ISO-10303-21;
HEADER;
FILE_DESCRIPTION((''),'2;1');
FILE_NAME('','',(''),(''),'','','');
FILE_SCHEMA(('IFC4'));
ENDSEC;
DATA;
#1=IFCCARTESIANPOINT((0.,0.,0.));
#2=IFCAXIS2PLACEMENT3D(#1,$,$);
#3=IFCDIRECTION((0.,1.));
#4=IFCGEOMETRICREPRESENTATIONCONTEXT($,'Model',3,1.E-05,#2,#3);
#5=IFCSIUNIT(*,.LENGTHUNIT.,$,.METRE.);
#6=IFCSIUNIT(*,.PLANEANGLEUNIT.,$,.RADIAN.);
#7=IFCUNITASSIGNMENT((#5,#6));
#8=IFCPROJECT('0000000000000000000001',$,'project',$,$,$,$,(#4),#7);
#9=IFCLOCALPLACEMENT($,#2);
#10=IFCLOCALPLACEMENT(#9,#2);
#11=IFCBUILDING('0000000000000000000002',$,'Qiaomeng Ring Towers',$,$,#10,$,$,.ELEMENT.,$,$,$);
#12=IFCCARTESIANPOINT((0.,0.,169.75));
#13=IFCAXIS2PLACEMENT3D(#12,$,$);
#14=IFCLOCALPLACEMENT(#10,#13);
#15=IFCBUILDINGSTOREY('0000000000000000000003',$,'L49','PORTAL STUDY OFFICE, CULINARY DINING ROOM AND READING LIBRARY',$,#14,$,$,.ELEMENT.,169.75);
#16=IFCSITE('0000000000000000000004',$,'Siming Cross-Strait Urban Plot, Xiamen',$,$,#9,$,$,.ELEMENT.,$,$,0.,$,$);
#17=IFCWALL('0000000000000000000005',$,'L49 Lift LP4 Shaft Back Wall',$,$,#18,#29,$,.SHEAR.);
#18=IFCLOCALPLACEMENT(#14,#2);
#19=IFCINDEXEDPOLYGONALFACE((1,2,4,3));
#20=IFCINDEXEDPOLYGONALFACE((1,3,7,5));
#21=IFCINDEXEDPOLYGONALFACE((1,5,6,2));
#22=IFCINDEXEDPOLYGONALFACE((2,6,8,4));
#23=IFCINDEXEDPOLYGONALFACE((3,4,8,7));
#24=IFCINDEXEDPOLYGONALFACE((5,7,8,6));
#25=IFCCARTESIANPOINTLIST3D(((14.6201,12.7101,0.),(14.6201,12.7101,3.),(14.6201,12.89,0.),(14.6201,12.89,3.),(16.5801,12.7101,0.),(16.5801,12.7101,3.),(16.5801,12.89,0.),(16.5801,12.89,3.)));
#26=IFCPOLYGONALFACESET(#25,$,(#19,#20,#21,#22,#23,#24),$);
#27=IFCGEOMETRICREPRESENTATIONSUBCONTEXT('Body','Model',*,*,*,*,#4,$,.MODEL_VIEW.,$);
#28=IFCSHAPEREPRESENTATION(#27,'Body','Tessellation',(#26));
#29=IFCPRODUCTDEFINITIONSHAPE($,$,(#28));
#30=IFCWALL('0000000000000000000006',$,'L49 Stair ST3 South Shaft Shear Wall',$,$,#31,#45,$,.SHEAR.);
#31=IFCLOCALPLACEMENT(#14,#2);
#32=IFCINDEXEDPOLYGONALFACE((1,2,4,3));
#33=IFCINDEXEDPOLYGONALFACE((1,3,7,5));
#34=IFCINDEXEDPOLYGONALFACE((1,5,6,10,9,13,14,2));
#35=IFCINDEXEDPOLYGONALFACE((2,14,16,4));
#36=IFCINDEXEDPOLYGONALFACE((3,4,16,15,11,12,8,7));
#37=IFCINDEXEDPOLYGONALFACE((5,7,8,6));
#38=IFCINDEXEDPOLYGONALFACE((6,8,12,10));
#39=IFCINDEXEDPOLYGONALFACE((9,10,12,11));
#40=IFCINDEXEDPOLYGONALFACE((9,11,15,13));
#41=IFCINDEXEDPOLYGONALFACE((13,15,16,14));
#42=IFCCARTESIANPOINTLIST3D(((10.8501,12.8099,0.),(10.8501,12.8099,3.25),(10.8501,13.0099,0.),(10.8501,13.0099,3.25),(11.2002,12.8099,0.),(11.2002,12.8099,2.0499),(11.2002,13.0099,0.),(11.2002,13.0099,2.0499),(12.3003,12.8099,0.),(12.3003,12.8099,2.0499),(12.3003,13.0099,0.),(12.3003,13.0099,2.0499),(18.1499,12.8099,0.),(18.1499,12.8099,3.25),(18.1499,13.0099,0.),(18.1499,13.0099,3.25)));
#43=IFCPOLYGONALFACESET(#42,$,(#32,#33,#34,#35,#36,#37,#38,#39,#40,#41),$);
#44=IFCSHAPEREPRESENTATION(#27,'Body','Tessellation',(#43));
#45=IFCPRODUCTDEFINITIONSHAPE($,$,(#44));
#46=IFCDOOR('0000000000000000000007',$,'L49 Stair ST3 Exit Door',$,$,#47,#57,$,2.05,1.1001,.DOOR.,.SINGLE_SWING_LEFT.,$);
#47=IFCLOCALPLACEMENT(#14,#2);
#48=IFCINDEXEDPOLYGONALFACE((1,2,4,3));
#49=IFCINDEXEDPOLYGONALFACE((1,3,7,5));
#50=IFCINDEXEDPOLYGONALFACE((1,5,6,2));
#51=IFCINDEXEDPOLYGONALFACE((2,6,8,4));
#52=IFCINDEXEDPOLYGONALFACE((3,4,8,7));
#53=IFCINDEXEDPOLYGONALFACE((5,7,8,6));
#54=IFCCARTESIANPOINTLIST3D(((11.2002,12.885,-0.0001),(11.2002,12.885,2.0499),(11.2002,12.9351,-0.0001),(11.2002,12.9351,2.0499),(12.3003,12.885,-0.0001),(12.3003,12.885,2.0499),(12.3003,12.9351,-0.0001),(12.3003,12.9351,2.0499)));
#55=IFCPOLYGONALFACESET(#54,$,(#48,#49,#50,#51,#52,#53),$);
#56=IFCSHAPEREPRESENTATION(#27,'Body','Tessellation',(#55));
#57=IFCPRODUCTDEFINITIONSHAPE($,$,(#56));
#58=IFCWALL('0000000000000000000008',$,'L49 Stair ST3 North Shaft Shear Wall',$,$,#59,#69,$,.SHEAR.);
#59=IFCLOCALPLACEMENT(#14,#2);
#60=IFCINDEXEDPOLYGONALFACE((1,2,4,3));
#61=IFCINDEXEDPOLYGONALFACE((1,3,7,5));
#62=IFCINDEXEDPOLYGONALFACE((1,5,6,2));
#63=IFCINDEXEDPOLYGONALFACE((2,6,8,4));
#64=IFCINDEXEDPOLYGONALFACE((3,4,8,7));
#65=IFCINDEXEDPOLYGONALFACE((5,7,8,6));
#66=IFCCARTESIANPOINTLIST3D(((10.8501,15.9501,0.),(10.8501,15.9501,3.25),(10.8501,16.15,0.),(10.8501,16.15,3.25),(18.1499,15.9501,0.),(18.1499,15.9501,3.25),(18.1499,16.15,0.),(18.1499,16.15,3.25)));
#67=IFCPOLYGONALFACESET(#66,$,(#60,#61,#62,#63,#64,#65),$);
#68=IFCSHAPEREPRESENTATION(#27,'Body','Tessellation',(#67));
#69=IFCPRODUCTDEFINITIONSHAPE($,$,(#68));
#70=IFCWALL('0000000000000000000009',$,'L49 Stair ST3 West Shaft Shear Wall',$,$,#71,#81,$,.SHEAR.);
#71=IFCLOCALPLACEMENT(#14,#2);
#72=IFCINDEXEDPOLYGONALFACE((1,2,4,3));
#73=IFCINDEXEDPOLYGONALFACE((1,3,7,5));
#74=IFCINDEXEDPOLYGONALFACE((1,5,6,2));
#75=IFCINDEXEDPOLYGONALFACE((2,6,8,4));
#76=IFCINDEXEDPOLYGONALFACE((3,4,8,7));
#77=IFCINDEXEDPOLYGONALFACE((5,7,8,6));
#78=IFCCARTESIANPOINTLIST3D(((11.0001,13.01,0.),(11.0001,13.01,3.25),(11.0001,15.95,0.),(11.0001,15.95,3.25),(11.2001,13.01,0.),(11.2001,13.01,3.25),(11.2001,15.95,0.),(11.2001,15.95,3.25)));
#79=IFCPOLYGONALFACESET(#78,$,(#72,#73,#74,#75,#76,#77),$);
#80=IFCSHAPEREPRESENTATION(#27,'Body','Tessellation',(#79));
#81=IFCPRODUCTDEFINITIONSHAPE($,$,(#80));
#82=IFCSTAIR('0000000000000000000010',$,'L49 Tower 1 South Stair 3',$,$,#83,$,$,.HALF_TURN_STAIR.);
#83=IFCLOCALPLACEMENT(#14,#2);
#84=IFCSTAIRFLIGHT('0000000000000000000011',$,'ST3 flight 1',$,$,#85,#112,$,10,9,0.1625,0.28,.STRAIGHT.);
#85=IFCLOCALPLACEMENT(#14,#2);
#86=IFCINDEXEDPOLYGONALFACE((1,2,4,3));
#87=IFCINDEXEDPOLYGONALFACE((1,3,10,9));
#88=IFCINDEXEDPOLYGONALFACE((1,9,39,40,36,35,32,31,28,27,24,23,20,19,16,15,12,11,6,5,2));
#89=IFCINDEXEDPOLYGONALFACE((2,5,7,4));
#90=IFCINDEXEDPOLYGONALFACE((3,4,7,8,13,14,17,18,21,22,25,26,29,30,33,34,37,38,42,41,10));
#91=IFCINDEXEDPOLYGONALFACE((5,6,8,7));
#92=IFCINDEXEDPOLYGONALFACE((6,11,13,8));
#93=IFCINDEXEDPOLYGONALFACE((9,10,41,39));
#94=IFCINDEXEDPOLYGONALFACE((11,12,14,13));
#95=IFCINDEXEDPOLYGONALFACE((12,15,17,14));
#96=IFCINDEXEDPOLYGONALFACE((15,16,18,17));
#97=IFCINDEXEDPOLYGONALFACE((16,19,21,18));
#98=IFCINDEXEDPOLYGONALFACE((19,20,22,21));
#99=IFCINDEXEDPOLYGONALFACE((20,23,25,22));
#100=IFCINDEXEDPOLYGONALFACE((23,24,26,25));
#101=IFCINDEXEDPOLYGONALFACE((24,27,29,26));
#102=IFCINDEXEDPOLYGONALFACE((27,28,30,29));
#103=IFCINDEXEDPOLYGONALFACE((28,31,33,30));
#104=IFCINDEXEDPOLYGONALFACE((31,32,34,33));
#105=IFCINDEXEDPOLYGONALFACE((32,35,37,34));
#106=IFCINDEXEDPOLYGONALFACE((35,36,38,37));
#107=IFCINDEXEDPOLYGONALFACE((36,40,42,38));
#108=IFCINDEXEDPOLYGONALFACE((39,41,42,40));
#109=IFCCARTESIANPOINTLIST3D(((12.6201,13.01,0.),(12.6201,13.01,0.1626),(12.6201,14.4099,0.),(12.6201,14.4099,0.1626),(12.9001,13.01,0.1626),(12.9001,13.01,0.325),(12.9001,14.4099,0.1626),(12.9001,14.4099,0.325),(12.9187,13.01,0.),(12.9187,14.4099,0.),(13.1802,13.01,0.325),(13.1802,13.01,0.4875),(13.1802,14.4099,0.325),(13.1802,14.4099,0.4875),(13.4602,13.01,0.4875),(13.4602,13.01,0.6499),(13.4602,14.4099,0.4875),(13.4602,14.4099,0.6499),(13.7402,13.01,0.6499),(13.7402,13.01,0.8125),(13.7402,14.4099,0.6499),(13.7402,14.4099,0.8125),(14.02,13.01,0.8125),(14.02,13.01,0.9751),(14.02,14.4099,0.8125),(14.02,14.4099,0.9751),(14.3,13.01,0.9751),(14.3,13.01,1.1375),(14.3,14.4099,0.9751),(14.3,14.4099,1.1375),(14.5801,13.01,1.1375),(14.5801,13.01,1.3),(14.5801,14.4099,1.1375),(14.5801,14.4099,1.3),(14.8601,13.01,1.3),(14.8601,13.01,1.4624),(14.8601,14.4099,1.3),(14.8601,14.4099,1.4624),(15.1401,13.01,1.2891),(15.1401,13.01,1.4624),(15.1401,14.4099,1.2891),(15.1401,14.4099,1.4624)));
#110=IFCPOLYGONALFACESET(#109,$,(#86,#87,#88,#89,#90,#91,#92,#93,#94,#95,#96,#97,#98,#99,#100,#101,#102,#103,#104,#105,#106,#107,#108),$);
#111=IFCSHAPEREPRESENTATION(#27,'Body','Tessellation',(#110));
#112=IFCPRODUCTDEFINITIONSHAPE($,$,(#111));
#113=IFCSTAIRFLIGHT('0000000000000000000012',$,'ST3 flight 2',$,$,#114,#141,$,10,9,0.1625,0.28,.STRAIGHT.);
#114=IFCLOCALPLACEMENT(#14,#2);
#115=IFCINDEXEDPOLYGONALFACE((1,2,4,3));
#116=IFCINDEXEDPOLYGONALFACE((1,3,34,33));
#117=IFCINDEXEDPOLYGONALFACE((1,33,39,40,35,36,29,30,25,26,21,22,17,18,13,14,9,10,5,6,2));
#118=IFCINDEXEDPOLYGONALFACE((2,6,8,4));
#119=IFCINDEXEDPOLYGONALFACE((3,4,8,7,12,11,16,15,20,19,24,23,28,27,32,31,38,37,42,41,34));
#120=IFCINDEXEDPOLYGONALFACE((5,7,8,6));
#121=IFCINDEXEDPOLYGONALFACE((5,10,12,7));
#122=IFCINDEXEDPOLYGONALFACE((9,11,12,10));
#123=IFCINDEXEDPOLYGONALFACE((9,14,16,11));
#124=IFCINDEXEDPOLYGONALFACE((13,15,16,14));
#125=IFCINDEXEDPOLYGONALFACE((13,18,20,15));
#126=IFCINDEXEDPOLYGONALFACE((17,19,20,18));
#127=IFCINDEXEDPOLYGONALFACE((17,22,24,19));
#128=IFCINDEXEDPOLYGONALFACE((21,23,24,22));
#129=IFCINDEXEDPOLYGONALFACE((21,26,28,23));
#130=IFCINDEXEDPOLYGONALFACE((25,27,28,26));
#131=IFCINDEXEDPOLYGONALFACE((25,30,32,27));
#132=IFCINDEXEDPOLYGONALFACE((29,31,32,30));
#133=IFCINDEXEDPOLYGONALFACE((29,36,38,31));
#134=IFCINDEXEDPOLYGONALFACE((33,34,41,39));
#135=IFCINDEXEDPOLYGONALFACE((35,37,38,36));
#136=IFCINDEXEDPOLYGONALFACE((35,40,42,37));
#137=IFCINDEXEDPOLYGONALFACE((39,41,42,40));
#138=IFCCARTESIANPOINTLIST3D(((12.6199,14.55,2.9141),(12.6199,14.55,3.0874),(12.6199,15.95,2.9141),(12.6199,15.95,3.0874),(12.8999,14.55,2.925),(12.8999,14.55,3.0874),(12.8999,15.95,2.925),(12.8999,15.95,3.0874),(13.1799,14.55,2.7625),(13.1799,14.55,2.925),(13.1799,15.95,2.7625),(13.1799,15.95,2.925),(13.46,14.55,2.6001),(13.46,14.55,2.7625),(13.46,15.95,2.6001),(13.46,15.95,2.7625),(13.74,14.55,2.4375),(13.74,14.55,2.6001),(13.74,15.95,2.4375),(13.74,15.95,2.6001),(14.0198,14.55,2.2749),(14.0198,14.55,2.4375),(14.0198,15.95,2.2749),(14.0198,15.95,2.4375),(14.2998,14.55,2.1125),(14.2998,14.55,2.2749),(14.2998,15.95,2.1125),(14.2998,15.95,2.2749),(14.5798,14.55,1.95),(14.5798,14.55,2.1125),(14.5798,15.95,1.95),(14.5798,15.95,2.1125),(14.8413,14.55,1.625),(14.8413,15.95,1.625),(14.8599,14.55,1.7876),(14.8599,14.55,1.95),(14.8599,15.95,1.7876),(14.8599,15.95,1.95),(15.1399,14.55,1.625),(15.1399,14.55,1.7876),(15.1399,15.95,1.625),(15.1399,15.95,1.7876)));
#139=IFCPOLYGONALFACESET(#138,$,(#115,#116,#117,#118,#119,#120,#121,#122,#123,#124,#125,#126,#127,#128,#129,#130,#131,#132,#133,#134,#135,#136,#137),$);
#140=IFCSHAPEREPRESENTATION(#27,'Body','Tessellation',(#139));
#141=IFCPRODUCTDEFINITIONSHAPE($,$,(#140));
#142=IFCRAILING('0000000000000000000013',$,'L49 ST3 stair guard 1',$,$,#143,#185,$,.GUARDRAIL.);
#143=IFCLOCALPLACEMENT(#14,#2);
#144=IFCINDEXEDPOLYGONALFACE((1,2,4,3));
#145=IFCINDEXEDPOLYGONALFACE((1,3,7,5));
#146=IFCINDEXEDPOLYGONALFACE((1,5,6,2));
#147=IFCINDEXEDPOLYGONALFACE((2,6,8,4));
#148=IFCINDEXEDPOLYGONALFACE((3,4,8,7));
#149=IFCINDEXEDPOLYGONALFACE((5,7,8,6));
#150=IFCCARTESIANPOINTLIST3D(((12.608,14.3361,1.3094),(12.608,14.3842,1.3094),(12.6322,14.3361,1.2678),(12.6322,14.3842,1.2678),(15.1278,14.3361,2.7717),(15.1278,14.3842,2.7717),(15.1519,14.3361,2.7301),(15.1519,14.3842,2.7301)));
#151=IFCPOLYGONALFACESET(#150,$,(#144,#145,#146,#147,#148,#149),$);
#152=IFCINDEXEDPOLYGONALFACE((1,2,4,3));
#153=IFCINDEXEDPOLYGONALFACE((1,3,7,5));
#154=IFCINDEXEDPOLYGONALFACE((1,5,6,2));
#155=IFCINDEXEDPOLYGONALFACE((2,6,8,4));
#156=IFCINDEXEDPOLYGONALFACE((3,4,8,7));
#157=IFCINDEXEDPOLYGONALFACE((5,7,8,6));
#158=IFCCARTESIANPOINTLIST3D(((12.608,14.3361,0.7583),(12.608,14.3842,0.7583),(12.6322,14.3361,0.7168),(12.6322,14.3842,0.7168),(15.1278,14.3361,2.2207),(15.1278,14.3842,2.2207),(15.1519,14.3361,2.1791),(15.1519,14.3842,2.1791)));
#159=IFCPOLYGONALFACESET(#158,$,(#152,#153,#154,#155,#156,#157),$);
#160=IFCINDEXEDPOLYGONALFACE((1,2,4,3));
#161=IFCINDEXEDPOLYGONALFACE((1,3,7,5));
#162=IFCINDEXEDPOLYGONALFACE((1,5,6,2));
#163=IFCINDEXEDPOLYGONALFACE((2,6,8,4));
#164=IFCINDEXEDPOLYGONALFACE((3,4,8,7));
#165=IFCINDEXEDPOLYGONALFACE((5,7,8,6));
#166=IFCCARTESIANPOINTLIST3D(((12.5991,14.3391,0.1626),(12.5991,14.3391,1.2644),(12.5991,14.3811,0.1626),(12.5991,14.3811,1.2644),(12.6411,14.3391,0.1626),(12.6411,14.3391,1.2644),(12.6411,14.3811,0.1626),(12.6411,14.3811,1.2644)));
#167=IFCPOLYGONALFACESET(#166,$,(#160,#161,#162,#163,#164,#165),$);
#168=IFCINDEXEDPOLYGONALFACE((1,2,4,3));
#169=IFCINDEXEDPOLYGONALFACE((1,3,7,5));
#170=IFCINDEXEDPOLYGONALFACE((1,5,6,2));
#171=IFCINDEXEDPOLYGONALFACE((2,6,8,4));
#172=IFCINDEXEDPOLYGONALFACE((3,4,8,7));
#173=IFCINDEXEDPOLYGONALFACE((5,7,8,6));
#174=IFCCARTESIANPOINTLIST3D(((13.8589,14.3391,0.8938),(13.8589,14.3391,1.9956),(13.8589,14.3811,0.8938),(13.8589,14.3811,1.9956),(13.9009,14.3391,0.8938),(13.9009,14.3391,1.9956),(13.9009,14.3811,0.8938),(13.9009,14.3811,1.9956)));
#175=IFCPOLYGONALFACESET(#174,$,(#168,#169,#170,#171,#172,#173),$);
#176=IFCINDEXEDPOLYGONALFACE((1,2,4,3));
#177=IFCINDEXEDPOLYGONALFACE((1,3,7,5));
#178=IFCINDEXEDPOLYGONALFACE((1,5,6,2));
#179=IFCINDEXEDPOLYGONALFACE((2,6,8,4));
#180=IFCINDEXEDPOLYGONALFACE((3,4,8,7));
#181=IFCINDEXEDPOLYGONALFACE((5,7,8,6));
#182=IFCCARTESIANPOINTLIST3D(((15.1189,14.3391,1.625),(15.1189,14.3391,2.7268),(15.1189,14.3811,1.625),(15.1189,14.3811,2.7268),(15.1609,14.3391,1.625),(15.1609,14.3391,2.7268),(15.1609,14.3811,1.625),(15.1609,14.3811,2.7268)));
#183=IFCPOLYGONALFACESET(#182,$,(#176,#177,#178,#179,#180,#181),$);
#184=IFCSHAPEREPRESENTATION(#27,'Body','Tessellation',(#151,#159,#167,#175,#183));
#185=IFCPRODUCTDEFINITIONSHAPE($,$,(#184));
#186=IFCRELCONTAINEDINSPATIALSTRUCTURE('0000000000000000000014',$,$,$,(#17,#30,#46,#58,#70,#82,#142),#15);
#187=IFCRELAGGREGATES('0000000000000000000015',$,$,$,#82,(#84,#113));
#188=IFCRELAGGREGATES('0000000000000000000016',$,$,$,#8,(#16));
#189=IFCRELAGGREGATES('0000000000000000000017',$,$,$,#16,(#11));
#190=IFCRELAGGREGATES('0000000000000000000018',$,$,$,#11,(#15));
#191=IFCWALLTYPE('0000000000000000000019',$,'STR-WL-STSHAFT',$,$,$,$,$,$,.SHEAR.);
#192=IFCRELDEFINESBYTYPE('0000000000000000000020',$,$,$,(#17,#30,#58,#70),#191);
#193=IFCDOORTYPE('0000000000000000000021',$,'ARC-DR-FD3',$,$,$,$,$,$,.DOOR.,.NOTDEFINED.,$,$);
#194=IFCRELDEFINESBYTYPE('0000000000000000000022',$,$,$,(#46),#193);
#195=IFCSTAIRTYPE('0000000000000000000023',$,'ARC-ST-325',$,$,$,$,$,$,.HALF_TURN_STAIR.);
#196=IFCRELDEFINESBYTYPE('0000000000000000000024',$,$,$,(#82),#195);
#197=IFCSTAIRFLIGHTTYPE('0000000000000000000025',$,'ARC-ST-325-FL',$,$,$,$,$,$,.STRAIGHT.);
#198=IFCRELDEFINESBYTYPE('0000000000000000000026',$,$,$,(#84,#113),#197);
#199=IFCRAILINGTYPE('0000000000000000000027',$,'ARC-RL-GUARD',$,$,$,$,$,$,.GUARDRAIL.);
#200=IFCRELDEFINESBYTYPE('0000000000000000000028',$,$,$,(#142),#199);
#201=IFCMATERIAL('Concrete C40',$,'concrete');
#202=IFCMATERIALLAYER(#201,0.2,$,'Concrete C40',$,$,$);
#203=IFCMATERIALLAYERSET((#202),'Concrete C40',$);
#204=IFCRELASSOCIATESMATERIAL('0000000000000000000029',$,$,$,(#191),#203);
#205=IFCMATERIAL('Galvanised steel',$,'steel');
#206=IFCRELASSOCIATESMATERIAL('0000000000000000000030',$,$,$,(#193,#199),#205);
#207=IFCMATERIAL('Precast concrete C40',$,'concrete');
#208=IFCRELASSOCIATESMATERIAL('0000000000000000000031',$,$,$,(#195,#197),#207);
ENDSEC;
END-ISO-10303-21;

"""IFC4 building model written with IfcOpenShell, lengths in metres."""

from ifc_helpers import new_model, si_unit, direction, frame, frame_2d, origin, origin_2d, place, context, subcontext, project, spatial, polyline, rectangle, outline, extrude, source, transform, mapped, material, layer, layer_set, type_object, element, fill, aggregate, save


model = new_model("IFC4")

# Units and contexts
model_context = context("Model", 3, precision=1e-05, world=origin(), true_north=direction((0.0, 1.0)))
body_context = subcontext(model_context, "Body", "Model", "MODEL_VIEW")
ifc_project = project(units=[si_unit("LENGTHUNIT", "METRE"), si_unit("PLANEANGLEUNIT", "RADIAN")], contexts=[model_context])

# Site, building, storey
site_placement = place(None, origin())
site = spatial("IfcSite", under=ifc_project, at=site_placement, Name="Siming Cross-Strait Urban Plot, Xiamen", CompositionType="ELEMENT", RefElevation=0.0)
building_placement = place(site_placement, origin())
building = spatial("IfcBuilding", under=site, at=building_placement, Name="Qiaomeng Ring Towers", CompositionType="ELEMENT")
storey_placement = place(building_placement, frame((0.0, 0.0, 169.75)))
storey = spatial("IfcBuildingStorey", under=building, at=storey_placement, Name="L49", Description="PORTAL STUDY OFFICE, CULINARY DINING ROOM AND READING LIBRARY", CompositionType="ELEMENT", Elevation=169.75)

# Wall
ifc_material_1 = material(Name="Concrete C40", Category="concrete")
ifc_layer = layer(ifc_material_1, 0.2, Name="Concrete C40")
ifc_layer_set = layer_set([ifc_layer], Name="Concrete C40")
wall_type = type_object("IfcWallType", Name="STR-WL-STSHAFT", PredefinedType="SHEAR", material=ifc_layer_set)
wall_1_placement = place(storey_placement, frame((14.6201, 12.8, 0.0), z_axis=(0.0, 0.0, 1.0), x_axis=(1.0, 0.0, 0.0)))
element("IfcWall", 1, at=wall_1_placement, inside=storey, type_object=wall_type, Name="L49 Lift LP4 Shaft Back Wall", PredefinedType="SHEAR", context=body_context, shape_type="SweptSolid", body=[
    extrude(rectangle(XDim=1.96, YDim=0.1799, at=frame_2d((0.98, 0.0))), origin(), (0.0, 0.0, 1.0), 3.0),
])

# Wall, opening, door
wall_2_placement = place(storey_placement, frame((10.8501, 12.9099, 0.0), z_axis=(0.0, 0.0, 1.0), x_axis=(1.0, 0.0, 0.0)))
wall_2 = element("IfcWall", 2, at=wall_2_placement, inside=storey, type_object=wall_type, Name="L49 Stair ST3 South Shaft Shear Wall", PredefinedType="SHEAR", context=body_context, shape_type="SweptSolid", body=[
    extrude(rectangle(XDim=7.2998, YDim=0.2, at=frame_2d((3.6499, 0.0))), origin(), (0.0, 0.0, 1.0), 3.25),
])
opening_placement = place(wall_2_placement, frame((0.3501, 0.0, 0.0)))
opening = element("IfcOpeningElement", 3, at=opening_placement, cuts=wall_2, PredefinedType="OPENING", context=body_context, shape_type="SweptSolid", body=[
    extrude(rectangle(XDim=1.1001, YDim=2.05, at=frame_2d((0.55, 1.0249))), frame((0.0, 0.1099, 0.0), z_axis=(0.0, -1.0, 0.0), x_axis=(1.0, 0.0, 0.0)), (0.0, 0.0, 1.0), 0.22),
])
ifc_material_2 = material(Name="Galvanised steel", Category="steel")
door_type = type_object("IfcDoorType", Name="ARC-DR-FD3", OperationType="NOTDEFINED", PredefinedType="DOOR", material=ifc_material_2)
shared_shape_1 = source(origin(), body_context, "Body", "SweptSolid", [
    extrude(rectangle(XDim=1.1001, YDim=2.05, at=frame_2d((0.55, 1.0249))), frame((0.0, 0.0249, 0.0), z_axis=(0.0, -1.0, 0.0), x_axis=(1.0, 0.0, 0.0)), (0.0, 0.0, 1.0), 0.05),
])
door_placement = place(opening_placement, frame((1.1001, 0.0, 0.0), z_axis=(0.0, 0.0, 1.0), x_axis=(-1.0, 0.0, 0.0)))
door = element("IfcDoor", 4, at=door_placement, inside=storey, type_object=door_type, Name="L49 Stair ST3 Exit Door", OperationType="SINGLE_SWING_LEFT", OverallHeight=2.05, OverallWidth=1.1001, PredefinedType="DOOR", context=body_context, shape_type="MappedRepresentation", body=[
    mapped(shared_shape_1, transform((0.0, 0.0, 0.0), x_axis=(1.0, 0.0, 0.0), y_axis=(0.0, 1.0, 0.0), z_axis=(0.0, 0.0, 1.0), scale=1.0)),
])
fill(opening, door)

# Walls
wall_3_placement = place(storey_placement, frame((10.8501, 16.05, 0.0), z_axis=(0.0, 0.0, 1.0), x_axis=(1.0, 0.0, 0.0)))
element("IfcWall", 5, at=wall_3_placement, inside=storey, type_object=wall_type, Name="L49 Stair ST3 North Shaft Shear Wall", PredefinedType="SHEAR", context=body_context, shape_type="SweptSolid", body=[
    extrude(rectangle(XDim=7.2998, YDim=0.2, at=frame_2d((3.6499, 0.0))), origin(), (0.0, 0.0, 1.0), 3.25),
])
wall_4_placement = place(storey_placement, frame((11.1001, 13.01, 0.0), z_axis=(0.0, 0.0, 1.0), x_axis=(0.0, 1.0, 0.0)))
element("IfcWall", 6, at=wall_4_placement, inside=storey, type_object=wall_type, Name="L49 Stair ST3 West Shaft Shear Wall", PredefinedType="SHEAR", context=body_context, shape_type="SweptSolid", body=[
    extrude(rectangle(XDim=2.9399, YDim=0.2, at=frame_2d((1.47, 0.0))), origin(), (0.0, 0.0, 1.0), 3.25),
])

# Stair, stair flights
ifc_material_3 = material(Name="Precast concrete C40", Category="concrete")
stair_type = type_object("IfcStairType", Name="ARC-ST-325", PredefinedType="HALF_TURN_STAIR", material=ifc_material_3)
stair_placement = place(storey_placement, origin())
stair = element("IfcStair", 7, at=stair_placement, inside=storey, type_object=stair_type, Name="L49 Tower 1 South Stair 3", PredefinedType="HALF_TURN_STAIR")
stair_flight_type = type_object("IfcStairFlightType", Name="ARC-ST-325-FL", PredefinedType="STRAIGHT", material=ifc_material_3)
shared_shape_2 = source(origin(), body_context, "Body", "SweptSolid", [
    extrude(outline(polyline([(0.0, 0.0), (0.0, 0.1626), (0.28, 0.1626), (0.28, 0.325), (0.5601, 0.325), (0.5601, 0.4875), (0.8401, 0.4875), (0.8401, 0.6499), (1.1201, 0.6499), (1.1201, 0.8125), (1.3999, 0.8125), (1.3999, 0.9751), (1.6799, 0.9751), (1.6799, 1.1375), (1.96, 1.1375), (1.96, 1.3), (2.24, 1.3), (2.24, 1.4624), (2.52, 1.4624), (2.52, 1.625), (2.52, 1.2891), (0.2986, 0.0), (0.0, 0.0)])), frame((0.0, 0.7, 0.0), z_axis=(0.0, -1.0, 0.0), x_axis=(1.0, 0.0, 0.0)), (0.0, 0.0, 1.0), 1.3999),
])
stair_flight_1_placement = place(storey_placement, frame((12.6201, 13.71, 0.0), z_axis=(0.0, 0.0, 1.0), x_axis=(1.0, 0.0, 0.0)))
stair_flight_1 = element("IfcStairFlight", 8, at=stair_flight_1_placement, type_object=stair_flight_type, Name="ST3 flight 1", NumberOfRisers=10, NumberOfTreads=9, PredefinedType="STRAIGHT", RiserHeight=0.1625, TreadLength=0.28, context=body_context, shape_type="MappedRepresentation", body=[
    mapped(shared_shape_2, transform((0.0, 0.0, 0.0), x_axis=(1.0, 0.0, 0.0), y_axis=(0.0, 1.0, 0.0), z_axis=(0.0, 0.0, 1.0), scale=1.0)),
])
stair_flight_2_placement = place(storey_placement, frame((15.1399, 15.25, 1.625), z_axis=(0.0, 0.0, 1.0), x_axis=(-1.0, 0.0, 0.0)))
stair_flight_2 = element("IfcStairFlight", 9, at=stair_flight_2_placement, type_object=stair_flight_type, Name="ST3 flight 2", NumberOfRisers=10, NumberOfTreads=9, PredefinedType="STRAIGHT", RiserHeight=0.1625, TreadLength=0.28, context=body_context, shape_type="MappedRepresentation", body=[
    mapped(shared_shape_2, transform((0.0, 0.0, 0.0), x_axis=(1.0, 0.0, 0.0), y_axis=(0.0, 1.0, 0.0), z_axis=(0.0, 0.0, 1.0), scale=1.0)),
])
aggregate(stair, [stair_flight_1, stair_flight_2])

# Railing
railing_type_1 = type_object("IfcRailingType", Name="ARC-RL-GUARD", PredefinedType="GUARDRAIL", material=ifc_material_2)
railing_1_placement = place(storey_placement, frame((12.6201, 14.3601, 0.1626)))
element("IfcRailing", 10, at=railing_1_placement, inside=storey, type_object=railing_type_1, Name="L49 ST3 stair guard 1", PredefinedType="GUARDRAIL", context=body_context, shape_type="SweptSolid", body=[
    extrude(rectangle(XDim=0.0481, YDim=0.0481, at=origin_2d()), frame((0.0, 0.0, 1.126), z_axis=(0.864892, 0.0, 0.501958), x_axis=(0.0, 1.0, 0.0)), (0.0, 0.0, 1.0), 2.9133),
    extrude(rectangle(XDim=0.0481, YDim=0.0481, at=origin_2d()), frame((0.0, 0.0, 0.575), z_axis=(0.864892, 0.0, 0.501958), x_axis=(0.0, 1.0, 0.0)), (0.0, 0.0, 1.0), 2.9133),
    extrude(rectangle(XDim=0.042, YDim=0.042, at=origin_2d()), origin(), (0.0, 0.0, 1.0), 1.1018),
    extrude(rectangle(XDim=0.042, YDim=0.042, at=origin_2d()), frame((1.2598, 0.0, 0.7312)), (0.0, 0.0, 1.0), 1.1018),
    extrude(rectangle(XDim=0.042, YDim=0.042, at=origin_2d()), frame((2.5198, 0.0, 1.4624)), (0.0, 0.0, 1.0), 1.1018),
])

save(model, "model.ifc")
